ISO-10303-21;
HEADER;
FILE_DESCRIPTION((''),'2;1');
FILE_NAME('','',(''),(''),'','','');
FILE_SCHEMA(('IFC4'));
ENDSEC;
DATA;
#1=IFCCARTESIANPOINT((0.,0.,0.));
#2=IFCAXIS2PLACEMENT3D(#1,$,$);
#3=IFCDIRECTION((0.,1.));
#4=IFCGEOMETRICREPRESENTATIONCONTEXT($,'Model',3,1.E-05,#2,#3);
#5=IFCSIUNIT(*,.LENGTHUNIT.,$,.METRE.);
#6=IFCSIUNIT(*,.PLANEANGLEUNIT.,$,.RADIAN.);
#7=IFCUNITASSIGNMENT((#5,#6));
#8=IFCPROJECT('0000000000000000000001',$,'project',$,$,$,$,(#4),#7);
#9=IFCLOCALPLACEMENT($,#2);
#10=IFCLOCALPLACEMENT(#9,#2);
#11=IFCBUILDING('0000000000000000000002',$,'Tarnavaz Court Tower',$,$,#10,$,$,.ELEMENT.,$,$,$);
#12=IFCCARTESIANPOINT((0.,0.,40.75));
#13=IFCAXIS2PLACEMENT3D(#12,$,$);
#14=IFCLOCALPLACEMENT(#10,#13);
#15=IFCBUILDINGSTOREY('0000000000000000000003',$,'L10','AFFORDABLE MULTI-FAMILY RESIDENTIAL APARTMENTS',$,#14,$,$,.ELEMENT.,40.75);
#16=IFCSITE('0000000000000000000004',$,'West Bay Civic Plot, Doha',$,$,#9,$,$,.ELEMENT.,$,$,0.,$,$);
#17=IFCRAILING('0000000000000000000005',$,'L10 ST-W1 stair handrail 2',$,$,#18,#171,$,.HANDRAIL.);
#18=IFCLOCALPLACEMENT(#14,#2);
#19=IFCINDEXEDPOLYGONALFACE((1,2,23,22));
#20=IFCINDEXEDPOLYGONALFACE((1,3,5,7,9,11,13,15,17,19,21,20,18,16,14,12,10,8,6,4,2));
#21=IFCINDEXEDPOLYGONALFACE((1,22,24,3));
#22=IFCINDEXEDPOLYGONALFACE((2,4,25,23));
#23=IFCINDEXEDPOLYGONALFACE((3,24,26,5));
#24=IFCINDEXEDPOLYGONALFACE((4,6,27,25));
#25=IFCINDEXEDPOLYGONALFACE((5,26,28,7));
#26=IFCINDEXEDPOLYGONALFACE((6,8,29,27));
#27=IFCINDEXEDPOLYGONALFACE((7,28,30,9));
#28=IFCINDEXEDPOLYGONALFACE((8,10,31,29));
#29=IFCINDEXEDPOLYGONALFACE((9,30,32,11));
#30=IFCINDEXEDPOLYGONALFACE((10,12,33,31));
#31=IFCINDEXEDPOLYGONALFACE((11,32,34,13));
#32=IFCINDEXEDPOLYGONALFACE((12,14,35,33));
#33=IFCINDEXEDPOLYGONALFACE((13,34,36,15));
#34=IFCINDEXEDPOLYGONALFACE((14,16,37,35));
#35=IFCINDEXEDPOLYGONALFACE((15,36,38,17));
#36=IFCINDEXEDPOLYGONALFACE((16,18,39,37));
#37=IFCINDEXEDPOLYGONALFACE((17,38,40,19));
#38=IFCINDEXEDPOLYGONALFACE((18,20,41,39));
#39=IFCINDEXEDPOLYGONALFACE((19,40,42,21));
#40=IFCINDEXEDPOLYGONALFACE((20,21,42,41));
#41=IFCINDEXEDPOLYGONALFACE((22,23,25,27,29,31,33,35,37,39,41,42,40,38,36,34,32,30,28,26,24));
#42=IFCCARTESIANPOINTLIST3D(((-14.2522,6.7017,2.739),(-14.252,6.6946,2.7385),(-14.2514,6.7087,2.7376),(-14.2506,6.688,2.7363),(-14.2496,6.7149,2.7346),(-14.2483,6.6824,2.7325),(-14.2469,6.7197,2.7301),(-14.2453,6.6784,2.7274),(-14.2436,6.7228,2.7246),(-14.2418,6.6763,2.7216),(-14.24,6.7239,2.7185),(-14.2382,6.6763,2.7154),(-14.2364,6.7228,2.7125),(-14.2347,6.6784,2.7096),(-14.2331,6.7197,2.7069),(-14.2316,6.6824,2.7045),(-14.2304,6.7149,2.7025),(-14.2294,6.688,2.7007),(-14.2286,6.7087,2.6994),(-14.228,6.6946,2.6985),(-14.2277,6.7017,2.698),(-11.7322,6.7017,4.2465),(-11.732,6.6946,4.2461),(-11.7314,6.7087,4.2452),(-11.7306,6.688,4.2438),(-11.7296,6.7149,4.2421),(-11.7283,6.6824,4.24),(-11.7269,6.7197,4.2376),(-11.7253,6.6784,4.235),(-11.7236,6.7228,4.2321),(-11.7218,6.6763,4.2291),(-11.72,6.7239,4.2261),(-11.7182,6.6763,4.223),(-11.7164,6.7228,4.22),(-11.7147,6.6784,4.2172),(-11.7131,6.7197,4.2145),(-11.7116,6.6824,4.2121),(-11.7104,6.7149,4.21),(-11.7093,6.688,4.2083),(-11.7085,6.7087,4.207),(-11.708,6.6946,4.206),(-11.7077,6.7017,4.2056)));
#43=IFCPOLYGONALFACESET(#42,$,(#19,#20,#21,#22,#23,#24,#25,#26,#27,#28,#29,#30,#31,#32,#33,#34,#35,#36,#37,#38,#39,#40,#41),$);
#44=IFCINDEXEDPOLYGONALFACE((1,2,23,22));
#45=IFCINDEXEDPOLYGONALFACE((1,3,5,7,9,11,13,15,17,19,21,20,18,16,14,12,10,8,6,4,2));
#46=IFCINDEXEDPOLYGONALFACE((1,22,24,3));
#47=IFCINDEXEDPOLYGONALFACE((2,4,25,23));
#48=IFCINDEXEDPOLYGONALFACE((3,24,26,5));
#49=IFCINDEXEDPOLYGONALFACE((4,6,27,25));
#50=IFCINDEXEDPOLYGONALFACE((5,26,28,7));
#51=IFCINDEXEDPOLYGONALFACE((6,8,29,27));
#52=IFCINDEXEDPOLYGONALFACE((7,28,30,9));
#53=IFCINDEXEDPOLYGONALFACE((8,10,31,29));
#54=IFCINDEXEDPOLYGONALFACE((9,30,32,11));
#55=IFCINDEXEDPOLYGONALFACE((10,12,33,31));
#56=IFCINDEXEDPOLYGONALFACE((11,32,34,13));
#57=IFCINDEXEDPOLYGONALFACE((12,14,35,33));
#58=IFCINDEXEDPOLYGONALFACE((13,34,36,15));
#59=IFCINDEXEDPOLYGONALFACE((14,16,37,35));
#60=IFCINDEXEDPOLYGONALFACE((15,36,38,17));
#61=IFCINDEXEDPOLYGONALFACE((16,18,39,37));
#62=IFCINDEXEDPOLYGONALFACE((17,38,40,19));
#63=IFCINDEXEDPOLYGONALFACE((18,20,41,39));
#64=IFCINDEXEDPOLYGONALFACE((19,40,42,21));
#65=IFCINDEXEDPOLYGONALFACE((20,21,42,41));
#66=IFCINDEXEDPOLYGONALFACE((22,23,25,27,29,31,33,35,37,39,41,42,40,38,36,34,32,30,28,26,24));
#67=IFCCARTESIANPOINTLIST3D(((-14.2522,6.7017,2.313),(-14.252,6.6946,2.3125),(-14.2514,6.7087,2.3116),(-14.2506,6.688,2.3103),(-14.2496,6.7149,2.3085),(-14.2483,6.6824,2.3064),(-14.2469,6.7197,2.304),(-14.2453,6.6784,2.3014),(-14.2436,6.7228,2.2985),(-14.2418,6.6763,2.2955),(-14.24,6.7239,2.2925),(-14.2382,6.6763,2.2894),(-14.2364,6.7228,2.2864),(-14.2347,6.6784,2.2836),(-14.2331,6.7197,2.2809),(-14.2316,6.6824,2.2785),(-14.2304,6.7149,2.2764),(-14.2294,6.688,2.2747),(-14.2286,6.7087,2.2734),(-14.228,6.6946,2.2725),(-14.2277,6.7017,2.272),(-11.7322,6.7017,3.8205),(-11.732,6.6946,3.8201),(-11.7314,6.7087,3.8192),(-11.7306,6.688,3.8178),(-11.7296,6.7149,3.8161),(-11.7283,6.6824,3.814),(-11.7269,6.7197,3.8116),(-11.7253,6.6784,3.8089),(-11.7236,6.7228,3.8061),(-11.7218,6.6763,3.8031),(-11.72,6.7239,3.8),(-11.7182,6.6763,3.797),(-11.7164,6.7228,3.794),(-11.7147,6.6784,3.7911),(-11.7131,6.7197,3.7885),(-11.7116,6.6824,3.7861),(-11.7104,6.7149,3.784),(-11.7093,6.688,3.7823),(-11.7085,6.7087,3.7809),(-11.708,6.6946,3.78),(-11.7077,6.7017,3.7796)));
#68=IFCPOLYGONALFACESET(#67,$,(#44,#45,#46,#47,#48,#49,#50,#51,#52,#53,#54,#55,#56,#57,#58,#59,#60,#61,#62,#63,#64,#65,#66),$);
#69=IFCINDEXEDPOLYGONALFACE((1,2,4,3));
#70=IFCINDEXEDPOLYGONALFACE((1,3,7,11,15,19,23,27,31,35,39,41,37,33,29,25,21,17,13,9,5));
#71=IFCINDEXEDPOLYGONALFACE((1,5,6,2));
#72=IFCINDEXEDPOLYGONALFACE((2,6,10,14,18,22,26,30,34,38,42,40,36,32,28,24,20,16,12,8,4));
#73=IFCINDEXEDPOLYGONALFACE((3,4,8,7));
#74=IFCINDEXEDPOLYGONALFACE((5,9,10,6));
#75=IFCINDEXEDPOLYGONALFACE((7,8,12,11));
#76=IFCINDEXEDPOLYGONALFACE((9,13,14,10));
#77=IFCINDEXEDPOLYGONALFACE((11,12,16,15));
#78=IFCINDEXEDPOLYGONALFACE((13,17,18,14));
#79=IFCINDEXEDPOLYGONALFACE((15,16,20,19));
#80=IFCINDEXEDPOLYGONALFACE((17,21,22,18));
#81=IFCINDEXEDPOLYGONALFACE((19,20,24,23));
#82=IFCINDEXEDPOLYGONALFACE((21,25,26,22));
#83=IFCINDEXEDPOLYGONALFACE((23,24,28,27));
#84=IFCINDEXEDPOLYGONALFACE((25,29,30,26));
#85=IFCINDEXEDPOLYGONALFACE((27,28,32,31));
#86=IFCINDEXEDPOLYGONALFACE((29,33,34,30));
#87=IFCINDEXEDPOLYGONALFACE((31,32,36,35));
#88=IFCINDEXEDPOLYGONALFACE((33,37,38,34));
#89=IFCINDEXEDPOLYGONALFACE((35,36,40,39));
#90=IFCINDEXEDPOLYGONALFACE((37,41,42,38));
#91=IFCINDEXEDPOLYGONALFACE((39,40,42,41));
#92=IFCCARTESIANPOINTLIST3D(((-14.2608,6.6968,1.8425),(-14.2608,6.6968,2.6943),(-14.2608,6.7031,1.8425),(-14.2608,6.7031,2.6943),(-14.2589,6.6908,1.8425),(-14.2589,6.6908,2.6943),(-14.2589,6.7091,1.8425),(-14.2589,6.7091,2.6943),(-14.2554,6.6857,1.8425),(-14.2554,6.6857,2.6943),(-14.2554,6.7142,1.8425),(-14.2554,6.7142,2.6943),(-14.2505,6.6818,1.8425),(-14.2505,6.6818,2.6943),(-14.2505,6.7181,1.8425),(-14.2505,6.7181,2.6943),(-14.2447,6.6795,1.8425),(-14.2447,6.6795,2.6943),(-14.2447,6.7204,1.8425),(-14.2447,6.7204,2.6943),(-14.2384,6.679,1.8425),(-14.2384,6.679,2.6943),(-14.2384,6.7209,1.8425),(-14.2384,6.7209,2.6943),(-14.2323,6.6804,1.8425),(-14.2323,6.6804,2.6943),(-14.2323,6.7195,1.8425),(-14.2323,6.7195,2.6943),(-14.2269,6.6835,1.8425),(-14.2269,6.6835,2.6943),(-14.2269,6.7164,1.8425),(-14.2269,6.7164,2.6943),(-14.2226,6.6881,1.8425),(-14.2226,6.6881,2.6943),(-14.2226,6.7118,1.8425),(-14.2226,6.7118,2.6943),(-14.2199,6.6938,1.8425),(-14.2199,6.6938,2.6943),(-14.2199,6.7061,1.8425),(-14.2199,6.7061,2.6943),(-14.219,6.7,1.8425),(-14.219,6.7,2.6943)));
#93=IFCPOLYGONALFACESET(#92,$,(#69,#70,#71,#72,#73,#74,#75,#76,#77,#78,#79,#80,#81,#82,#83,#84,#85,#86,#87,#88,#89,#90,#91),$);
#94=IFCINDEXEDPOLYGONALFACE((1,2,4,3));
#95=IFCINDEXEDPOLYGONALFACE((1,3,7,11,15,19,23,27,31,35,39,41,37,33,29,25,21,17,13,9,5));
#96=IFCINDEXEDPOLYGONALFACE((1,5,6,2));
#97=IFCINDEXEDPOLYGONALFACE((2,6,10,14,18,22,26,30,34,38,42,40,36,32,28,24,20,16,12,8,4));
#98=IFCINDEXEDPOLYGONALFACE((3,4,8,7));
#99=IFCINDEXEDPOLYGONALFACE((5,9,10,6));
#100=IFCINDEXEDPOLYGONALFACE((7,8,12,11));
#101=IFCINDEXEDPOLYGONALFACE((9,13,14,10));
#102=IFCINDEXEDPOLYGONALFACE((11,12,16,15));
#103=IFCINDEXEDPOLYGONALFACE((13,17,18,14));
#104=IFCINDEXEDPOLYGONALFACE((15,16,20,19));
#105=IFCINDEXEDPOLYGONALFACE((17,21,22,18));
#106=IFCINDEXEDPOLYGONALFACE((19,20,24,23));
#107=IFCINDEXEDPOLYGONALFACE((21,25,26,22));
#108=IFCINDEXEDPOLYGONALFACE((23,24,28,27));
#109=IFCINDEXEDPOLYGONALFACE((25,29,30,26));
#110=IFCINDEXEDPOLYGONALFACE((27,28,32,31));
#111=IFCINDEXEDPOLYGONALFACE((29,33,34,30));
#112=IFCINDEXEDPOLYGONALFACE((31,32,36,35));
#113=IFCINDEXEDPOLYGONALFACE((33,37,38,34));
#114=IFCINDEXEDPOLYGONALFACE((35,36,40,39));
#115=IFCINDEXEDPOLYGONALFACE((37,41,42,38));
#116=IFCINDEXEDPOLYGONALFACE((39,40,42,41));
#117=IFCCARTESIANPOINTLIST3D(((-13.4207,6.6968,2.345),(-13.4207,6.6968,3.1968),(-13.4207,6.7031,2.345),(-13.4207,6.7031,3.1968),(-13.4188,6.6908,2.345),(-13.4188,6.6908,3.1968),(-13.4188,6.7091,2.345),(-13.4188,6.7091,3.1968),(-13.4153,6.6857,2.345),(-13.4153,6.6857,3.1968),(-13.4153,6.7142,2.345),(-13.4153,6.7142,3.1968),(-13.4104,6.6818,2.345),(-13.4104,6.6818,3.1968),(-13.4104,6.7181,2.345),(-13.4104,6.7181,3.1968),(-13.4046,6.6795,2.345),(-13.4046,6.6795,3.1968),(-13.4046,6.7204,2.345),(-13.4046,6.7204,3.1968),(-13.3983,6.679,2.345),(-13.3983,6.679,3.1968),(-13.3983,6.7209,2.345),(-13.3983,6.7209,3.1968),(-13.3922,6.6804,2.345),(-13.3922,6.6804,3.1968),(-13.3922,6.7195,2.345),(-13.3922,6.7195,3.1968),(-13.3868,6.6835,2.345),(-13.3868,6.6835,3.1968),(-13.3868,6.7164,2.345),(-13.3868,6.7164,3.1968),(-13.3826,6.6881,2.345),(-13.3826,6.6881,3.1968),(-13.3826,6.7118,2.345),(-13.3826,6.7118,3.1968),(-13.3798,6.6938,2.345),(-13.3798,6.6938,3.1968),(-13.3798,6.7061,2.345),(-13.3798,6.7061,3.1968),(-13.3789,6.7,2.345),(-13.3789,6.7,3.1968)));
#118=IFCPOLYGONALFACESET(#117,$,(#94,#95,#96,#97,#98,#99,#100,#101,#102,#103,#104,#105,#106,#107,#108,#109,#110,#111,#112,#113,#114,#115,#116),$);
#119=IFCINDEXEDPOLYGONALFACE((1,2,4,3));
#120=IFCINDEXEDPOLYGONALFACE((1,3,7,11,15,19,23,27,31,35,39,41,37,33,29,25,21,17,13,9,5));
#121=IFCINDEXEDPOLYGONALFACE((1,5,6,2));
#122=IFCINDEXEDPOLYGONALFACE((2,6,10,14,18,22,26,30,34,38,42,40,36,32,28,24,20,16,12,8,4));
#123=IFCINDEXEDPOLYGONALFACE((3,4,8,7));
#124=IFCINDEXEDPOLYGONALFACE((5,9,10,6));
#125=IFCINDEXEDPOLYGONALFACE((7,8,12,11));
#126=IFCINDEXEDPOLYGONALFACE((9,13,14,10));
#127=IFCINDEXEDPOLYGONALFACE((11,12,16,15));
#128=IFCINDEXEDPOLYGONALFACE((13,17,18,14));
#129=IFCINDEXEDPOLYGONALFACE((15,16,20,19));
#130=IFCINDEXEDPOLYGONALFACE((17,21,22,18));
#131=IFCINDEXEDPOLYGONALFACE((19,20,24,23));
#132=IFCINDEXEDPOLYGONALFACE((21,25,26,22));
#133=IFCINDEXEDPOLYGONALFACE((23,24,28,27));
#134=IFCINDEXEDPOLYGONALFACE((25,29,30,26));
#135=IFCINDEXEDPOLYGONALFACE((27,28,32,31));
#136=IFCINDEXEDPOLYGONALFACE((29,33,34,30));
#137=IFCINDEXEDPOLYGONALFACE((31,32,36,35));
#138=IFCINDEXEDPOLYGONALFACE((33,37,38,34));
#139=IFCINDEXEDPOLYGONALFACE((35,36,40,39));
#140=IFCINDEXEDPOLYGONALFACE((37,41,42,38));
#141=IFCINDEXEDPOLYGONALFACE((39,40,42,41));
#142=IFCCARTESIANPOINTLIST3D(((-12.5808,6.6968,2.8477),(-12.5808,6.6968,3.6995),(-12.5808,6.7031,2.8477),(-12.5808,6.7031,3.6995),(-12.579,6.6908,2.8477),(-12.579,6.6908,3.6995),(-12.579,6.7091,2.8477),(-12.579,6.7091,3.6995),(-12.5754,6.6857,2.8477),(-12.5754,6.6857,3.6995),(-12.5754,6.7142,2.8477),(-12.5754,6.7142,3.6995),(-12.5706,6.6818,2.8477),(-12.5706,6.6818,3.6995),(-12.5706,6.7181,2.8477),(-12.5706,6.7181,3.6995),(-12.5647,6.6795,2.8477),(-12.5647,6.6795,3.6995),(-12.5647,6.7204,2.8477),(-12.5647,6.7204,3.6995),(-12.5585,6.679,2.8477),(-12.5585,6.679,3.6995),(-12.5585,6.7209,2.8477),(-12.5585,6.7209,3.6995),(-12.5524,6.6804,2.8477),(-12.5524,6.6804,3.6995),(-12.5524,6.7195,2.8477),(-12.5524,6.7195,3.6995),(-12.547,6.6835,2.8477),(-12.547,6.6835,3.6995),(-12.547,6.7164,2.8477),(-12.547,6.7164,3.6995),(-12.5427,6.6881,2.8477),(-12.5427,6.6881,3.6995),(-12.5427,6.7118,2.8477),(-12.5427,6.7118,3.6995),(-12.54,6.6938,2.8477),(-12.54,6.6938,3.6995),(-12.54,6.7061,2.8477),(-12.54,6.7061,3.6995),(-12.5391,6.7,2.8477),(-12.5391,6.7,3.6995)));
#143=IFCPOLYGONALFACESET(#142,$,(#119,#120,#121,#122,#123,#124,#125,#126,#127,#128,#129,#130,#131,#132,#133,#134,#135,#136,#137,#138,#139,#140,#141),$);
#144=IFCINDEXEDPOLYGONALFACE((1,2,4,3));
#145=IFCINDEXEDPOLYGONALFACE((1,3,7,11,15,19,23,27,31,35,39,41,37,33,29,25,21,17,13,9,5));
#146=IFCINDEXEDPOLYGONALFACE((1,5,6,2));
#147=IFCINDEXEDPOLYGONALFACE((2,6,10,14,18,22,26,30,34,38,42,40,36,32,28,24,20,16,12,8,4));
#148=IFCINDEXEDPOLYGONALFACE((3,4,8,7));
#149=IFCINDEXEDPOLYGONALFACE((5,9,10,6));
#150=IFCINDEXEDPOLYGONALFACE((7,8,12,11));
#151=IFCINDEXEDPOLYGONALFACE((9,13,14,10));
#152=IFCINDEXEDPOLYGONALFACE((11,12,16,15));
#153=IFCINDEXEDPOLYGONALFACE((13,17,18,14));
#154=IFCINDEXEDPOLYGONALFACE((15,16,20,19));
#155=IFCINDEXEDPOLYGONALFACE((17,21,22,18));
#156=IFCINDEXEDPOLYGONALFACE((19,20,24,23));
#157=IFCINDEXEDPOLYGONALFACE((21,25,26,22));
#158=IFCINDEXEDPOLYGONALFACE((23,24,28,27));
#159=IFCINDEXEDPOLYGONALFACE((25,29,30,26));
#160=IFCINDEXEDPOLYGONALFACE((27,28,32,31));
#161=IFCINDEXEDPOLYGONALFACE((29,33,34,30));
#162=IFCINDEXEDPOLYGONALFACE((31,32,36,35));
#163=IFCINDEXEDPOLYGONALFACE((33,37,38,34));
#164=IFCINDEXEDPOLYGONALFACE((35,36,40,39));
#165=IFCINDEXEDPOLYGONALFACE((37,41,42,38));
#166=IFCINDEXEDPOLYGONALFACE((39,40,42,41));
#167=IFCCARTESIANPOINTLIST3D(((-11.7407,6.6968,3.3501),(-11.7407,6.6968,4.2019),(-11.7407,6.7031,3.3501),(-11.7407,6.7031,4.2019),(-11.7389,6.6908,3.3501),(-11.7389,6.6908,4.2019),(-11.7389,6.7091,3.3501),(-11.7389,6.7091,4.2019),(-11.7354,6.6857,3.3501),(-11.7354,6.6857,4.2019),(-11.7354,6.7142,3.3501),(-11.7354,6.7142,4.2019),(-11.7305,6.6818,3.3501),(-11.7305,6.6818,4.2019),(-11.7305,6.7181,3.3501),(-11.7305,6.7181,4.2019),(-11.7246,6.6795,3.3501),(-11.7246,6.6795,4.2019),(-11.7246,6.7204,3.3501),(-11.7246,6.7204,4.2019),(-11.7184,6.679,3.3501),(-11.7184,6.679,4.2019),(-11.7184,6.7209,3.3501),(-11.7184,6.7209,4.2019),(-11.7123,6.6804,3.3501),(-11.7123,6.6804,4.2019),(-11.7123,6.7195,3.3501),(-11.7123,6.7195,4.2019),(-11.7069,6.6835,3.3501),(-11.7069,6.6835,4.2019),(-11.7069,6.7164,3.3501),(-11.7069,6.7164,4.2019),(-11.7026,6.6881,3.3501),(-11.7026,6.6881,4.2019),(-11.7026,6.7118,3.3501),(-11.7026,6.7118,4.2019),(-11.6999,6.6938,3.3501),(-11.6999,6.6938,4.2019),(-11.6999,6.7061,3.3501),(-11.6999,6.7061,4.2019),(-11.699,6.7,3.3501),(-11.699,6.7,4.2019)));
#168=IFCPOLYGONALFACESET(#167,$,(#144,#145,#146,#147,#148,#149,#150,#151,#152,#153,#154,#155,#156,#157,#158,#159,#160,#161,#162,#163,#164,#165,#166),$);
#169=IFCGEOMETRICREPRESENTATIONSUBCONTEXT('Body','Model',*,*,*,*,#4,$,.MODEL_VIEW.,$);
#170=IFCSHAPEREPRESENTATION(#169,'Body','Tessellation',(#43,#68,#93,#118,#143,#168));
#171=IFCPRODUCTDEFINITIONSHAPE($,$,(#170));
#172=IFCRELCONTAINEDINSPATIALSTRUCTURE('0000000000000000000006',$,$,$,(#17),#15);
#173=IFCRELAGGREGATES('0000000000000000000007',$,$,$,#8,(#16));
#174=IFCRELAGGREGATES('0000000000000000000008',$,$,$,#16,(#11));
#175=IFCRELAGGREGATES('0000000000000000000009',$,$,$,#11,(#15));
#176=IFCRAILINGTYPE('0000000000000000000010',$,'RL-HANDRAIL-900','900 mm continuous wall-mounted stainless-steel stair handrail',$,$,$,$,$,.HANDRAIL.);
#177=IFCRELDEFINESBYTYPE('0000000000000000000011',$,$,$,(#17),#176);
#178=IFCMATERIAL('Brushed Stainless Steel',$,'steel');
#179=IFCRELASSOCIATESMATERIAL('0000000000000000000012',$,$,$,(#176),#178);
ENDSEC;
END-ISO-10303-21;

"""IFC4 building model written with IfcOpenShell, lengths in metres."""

from ifc_helpers import new_model, si_unit, direction, frame, origin, origin_2d, place, context, subcontext, project, spatial, circle, extrude, material, type_object, element, save


model = new_model("IFC4")

# Units and contexts
model_context = context("Model", 3, precision=1e-05, world=origin(), true_north=direction((0.0, 1.0)))
body_context = subcontext(model_context, "Body", "Model", "MODEL_VIEW")
ifc_project = project(units=[si_unit("LENGTHUNIT", "METRE"), si_unit("PLANEANGLEUNIT", "RADIAN")], contexts=[model_context])

# Site, building, storey
site_placement = place(None, origin())
site = spatial("IfcSite", under=ifc_project, at=site_placement, Name="West Bay Civic Plot, Doha", CompositionType="ELEMENT", RefElevation=0.0)
building_placement = place(site_placement, origin())
building = spatial("IfcBuilding", under=site, at=building_placement, Name="Tarnavaz Court Tower", CompositionType="ELEMENT")
storey_placement = place(building_placement, frame((0.0, 0.0, 40.75)))
storey = spatial("IfcBuildingStorey", under=building, at=storey_placement, Name="L10", Description="AFFORDABLE MULTI-FAMILY RESIDENTIAL APARTMENTS", CompositionType="ELEMENT", Elevation=40.75)

# Railing
ifc_material_1 = material(Name="Brushed Stainless Steel", Category="steel")
railing_type_1 = type_object("IfcRailingType", Name="RL-HANDRAIL-900", Description="900 mm continuous wall-mounted stainless-steel stair handrail", PredefinedType="HANDRAIL", material=ifc_material_1)
railing_1_placement = place(storey_placement, frame((-14.24, 6.7, 1.8425)))
element("IfcRailing", 1, at=railing_1_placement, inside=storey, type_object=railing_type_1, Name="L10 ST-W1 stair handrail 2", PredefinedType="HANDRAIL", context=body_context, shape_type="SweptSolid", body=[
    extrude(circle(Radius=0.0239, at=origin_2d()), frame((0.0, 0.0, 0.876), z_axis=(0.85816, 0.0, 0.513383), x_axis=(0.0, 1.0, 0.0)), (0.0, 0.0, 1.0), 2.9365),
    extrude(circle(Radius=0.0239, at=origin_2d()), frame((0.0, 0.0, 0.45), z_axis=(0.85816, 0.0, 0.513383), x_axis=(0.0, 1.0, 0.0)), (0.0, 0.0, 1.0), 2.9365),
    extrude(circle(Radius=0.021, at=origin_2d()), origin(), (0.0, 0.0, 1.0), 0.8518),
    extrude(circle(Radius=0.021, at=origin_2d()), frame((0.8401, 0.0, 0.5024)), (0.0, 0.0, 1.0), 0.8518),
    extrude(circle(Radius=0.021, at=origin_2d()), frame((1.6799, 0.0, 1.0051)), (0.0, 0.0, 1.0), 0.8518),
    extrude(circle(Radius=0.021, at=origin_2d()), frame((2.52, 0.0, 1.5076)), (0.0, 0.0, 1.0), 0.8518),
])

save(model, "model.ifc")
